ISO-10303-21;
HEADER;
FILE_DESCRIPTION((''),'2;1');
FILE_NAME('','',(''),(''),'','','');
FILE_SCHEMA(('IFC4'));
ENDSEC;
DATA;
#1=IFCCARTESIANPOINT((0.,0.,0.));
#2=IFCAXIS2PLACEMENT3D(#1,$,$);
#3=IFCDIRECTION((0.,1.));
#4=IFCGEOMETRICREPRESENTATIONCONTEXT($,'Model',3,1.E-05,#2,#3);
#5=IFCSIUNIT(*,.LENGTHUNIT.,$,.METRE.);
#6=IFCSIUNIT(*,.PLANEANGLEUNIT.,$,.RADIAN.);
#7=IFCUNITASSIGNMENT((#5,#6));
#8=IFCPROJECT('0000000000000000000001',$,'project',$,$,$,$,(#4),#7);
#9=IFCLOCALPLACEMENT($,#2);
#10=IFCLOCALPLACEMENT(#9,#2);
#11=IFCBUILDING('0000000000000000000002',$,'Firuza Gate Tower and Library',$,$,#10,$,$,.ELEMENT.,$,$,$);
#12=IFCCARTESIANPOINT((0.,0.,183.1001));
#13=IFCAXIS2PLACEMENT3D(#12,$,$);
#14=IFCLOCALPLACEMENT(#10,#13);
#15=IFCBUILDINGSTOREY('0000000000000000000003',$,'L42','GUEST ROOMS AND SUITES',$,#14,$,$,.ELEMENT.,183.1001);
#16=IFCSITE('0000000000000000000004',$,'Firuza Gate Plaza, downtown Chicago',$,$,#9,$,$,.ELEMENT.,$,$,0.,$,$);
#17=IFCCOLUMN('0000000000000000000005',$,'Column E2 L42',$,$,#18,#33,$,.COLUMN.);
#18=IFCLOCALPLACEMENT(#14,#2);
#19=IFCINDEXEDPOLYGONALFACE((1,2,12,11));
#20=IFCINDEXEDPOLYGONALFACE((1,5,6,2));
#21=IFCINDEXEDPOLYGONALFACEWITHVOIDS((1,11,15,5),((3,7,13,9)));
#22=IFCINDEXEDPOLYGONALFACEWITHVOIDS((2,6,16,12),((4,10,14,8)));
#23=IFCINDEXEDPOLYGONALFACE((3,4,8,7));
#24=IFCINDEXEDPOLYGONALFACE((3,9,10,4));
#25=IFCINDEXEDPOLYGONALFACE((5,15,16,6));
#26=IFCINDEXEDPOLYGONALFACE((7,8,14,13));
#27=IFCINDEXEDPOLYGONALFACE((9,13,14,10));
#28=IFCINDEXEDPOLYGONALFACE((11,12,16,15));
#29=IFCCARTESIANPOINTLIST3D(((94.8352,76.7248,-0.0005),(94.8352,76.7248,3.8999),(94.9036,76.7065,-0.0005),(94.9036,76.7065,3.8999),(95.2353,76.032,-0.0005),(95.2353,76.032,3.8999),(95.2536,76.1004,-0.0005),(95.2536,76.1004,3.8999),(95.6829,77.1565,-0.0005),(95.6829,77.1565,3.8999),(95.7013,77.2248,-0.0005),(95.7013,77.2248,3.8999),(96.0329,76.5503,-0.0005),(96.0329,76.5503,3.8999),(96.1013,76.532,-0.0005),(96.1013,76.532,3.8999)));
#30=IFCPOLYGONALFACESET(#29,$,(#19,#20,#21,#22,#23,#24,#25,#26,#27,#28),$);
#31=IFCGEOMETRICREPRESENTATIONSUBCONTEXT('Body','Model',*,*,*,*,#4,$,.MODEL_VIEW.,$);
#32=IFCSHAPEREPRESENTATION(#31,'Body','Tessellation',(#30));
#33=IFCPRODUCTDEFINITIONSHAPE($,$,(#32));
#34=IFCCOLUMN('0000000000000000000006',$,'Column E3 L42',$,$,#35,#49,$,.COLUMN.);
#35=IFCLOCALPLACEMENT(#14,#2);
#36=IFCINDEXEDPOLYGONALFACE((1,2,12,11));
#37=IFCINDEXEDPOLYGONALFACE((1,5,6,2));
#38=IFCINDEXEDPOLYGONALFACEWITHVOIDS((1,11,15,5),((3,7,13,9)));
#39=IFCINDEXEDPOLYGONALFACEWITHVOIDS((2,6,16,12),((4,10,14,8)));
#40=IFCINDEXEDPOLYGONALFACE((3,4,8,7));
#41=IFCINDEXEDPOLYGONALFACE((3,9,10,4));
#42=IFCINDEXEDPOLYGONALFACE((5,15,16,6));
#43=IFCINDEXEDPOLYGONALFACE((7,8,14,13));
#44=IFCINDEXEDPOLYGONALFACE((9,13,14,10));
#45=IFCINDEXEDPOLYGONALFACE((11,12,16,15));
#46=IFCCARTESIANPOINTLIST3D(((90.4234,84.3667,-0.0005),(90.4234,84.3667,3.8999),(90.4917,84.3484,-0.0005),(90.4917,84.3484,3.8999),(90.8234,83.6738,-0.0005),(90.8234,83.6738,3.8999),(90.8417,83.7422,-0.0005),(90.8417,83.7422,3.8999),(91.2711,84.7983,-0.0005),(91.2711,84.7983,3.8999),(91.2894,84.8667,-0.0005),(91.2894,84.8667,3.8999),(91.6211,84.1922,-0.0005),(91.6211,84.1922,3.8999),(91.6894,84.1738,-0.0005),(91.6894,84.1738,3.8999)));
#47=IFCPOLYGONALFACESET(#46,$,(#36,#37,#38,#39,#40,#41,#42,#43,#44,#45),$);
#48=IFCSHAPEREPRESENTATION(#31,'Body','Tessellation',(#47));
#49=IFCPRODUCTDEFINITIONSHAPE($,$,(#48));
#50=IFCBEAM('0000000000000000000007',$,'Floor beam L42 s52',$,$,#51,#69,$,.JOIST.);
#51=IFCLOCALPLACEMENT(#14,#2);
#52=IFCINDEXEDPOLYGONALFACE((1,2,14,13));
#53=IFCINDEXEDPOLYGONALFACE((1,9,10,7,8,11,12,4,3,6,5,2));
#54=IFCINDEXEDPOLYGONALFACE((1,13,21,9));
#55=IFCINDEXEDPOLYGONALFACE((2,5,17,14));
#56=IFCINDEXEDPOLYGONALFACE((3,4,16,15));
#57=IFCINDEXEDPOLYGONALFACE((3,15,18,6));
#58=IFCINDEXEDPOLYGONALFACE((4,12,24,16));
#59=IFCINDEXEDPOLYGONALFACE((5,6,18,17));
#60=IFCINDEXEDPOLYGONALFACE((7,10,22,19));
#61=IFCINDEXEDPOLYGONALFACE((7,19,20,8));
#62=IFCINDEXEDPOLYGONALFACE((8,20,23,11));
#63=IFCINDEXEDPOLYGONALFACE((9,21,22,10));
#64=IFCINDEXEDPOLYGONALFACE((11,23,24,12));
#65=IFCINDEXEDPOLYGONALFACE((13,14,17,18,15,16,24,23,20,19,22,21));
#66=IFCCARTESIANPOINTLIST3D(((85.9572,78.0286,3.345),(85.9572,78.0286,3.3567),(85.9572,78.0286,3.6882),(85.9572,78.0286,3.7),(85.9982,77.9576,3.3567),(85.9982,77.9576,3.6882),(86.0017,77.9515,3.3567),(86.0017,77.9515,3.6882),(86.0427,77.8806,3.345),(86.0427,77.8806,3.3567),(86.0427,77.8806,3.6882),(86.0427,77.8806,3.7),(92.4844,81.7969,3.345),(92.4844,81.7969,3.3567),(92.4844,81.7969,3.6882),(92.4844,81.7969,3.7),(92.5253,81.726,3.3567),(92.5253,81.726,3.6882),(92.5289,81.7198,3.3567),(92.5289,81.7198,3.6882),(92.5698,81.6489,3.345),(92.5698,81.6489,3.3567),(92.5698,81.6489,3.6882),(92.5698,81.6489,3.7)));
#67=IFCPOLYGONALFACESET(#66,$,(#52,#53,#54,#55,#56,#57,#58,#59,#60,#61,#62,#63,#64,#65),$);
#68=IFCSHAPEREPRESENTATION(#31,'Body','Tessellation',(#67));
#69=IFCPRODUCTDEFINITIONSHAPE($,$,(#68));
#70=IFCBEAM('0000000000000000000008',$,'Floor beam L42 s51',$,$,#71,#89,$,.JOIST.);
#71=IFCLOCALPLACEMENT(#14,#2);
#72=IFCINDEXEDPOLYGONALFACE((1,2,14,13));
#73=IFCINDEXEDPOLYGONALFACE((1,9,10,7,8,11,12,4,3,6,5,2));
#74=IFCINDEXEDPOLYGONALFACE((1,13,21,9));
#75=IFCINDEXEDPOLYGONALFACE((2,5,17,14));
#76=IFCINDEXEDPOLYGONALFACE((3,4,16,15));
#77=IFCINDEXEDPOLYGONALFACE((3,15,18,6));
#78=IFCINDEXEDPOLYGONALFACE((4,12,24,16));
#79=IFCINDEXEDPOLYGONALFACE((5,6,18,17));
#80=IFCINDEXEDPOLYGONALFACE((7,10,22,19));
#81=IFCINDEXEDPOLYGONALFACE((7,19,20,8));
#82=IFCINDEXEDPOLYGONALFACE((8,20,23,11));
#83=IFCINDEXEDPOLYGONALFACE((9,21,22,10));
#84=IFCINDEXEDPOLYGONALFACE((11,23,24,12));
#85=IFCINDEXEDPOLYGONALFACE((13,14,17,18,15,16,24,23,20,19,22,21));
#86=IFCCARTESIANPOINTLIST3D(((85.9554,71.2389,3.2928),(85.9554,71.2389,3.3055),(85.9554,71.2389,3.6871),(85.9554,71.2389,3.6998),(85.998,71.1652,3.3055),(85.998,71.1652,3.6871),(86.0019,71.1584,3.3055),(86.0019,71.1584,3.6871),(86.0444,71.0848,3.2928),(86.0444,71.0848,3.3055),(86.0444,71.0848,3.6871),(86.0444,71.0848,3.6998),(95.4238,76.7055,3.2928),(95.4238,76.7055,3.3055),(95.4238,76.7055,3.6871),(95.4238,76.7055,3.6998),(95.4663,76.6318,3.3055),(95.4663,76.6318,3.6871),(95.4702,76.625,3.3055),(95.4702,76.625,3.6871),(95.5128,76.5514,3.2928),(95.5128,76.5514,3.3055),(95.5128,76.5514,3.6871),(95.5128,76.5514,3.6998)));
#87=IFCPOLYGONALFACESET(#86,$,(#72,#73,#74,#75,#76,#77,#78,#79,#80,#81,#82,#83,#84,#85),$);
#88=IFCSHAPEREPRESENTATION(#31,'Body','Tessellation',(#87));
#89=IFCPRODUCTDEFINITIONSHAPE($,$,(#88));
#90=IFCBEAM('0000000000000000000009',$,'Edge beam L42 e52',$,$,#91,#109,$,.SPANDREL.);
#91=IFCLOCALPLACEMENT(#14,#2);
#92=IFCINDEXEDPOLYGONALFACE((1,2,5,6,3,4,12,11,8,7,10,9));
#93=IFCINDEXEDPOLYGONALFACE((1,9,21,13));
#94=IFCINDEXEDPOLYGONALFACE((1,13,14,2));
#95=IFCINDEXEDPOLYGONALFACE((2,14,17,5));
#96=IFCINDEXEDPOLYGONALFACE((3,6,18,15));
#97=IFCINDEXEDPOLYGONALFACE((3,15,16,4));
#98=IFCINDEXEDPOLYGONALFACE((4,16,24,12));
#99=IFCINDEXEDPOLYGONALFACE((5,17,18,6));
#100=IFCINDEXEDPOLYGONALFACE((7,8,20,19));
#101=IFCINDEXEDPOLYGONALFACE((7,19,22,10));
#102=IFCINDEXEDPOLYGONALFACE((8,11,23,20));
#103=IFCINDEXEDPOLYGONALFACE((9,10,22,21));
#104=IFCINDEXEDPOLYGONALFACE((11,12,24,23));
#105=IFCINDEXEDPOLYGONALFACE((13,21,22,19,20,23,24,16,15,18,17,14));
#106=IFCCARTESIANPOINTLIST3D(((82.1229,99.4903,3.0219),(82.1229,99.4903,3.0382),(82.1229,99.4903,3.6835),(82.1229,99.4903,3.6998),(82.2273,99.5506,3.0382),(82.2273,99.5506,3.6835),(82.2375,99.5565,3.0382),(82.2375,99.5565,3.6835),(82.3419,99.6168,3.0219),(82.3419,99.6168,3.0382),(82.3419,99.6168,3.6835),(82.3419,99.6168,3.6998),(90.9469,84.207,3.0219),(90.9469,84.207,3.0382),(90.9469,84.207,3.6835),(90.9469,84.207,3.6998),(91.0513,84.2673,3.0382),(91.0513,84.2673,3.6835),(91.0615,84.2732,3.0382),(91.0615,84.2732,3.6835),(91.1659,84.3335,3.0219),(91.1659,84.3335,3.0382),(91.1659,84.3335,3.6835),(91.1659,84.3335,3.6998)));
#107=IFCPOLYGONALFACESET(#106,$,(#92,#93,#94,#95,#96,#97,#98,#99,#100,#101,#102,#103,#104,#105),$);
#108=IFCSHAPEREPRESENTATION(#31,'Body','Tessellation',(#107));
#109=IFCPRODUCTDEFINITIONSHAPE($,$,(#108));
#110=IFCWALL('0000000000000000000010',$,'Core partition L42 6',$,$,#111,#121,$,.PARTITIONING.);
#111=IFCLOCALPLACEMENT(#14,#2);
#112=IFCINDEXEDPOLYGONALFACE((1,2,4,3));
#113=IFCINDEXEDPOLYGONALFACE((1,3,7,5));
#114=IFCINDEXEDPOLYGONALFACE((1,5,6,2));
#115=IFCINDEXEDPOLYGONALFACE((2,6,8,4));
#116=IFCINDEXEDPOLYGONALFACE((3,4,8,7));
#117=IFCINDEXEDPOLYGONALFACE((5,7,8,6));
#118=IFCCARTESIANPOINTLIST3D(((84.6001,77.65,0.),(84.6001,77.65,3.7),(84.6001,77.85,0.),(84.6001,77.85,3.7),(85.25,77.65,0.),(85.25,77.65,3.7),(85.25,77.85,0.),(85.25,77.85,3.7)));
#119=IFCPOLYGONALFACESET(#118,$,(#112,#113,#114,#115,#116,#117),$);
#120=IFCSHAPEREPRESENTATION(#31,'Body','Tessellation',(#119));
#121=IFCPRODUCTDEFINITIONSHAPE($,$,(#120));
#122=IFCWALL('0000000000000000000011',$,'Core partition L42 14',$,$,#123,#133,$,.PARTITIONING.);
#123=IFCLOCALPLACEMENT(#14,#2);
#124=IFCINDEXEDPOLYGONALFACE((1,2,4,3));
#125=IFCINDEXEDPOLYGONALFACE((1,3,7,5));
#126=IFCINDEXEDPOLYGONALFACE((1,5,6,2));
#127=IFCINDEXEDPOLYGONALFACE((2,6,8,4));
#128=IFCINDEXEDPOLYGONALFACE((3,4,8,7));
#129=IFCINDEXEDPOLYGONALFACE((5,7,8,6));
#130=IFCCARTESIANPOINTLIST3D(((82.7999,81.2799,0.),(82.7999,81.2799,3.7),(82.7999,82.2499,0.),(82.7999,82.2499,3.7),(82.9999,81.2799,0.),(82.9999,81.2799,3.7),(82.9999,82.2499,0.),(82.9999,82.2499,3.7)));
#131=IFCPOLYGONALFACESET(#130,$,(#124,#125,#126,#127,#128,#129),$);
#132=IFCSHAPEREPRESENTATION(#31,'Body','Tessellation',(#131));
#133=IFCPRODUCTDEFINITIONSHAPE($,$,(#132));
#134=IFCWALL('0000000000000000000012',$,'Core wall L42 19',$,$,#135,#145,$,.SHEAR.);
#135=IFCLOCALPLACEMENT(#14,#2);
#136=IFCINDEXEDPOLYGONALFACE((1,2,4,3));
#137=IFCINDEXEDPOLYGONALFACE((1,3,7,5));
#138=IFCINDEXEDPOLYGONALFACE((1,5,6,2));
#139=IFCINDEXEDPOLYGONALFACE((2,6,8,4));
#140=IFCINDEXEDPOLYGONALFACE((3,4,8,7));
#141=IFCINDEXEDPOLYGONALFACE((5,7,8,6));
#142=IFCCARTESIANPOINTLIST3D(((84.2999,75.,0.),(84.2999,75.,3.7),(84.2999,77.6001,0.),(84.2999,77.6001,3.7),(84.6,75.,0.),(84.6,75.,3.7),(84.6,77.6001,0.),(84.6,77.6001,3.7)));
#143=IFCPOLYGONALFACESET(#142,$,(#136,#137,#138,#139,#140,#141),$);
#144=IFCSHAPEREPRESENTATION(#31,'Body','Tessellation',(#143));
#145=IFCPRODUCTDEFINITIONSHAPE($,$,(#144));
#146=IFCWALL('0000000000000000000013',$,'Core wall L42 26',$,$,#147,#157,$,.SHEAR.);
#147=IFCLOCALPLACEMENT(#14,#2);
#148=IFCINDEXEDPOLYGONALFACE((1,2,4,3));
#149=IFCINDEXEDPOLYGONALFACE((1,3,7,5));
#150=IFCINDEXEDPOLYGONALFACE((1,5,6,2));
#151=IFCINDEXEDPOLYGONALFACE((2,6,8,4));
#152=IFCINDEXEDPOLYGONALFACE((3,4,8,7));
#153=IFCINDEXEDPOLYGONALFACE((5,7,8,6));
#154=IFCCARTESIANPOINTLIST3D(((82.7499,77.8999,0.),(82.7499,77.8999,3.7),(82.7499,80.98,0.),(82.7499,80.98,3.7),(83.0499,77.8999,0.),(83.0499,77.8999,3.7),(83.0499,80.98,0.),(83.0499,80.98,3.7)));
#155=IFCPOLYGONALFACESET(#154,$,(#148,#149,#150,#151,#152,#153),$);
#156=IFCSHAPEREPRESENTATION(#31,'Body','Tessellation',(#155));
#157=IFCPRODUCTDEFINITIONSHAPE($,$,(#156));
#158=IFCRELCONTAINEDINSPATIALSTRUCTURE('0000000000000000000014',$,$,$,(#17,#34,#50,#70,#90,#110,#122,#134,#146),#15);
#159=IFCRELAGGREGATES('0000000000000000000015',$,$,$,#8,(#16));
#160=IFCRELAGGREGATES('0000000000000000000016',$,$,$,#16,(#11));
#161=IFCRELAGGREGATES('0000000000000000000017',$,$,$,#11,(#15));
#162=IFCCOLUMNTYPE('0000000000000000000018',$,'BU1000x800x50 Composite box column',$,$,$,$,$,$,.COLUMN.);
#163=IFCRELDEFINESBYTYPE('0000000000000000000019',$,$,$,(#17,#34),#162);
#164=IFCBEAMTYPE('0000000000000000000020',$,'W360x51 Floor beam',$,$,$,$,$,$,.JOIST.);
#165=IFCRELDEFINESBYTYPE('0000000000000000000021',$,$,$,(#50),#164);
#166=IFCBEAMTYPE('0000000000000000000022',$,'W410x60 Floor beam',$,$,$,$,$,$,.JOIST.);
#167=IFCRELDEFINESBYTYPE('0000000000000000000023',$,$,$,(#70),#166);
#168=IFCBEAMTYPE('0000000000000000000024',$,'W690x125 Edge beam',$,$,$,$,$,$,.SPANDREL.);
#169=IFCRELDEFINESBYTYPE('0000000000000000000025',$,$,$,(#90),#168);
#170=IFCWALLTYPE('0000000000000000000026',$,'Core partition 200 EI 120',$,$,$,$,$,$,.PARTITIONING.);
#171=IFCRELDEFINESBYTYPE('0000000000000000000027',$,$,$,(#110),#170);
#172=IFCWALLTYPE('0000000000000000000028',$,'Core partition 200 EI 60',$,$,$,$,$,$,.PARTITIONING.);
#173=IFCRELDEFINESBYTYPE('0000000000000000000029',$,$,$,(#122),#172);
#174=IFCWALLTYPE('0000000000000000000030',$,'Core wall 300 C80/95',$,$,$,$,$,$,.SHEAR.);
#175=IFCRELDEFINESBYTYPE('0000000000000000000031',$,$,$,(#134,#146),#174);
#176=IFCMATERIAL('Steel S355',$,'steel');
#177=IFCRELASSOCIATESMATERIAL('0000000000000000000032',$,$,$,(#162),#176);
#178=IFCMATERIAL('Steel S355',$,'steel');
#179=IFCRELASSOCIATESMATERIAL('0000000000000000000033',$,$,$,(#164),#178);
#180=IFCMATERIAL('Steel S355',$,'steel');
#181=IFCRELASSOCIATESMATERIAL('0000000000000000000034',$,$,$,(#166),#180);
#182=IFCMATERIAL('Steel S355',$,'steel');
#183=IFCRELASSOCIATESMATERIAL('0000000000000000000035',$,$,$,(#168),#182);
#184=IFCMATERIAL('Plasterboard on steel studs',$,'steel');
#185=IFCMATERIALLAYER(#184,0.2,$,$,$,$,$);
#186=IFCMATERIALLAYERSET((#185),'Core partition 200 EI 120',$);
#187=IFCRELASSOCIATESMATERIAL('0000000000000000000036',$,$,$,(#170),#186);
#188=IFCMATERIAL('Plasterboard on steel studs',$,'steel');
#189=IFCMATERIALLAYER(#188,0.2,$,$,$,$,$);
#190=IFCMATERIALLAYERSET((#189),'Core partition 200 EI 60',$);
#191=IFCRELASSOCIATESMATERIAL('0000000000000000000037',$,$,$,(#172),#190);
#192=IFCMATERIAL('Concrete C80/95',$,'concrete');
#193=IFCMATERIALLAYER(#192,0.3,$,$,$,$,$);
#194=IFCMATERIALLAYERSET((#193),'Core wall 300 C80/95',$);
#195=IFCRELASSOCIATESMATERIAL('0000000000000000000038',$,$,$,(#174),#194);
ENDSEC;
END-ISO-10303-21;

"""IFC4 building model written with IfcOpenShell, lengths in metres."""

from ifc_helpers import new_model, si_unit, direction, frame, frame_2d, origin, origin_2d, place, context, subcontext, project, spatial, rectangle, hollow_rectangle, i_section, extrude, material, layer, layer_set, material_profile, profile_set, type_object, element, save


model = new_model("IFC4")

# Units and contexts
model_context = context("Model", 3, precision=1e-05, world=origin(), true_north=direction((0.0, 1.0)))
body_context = subcontext(model_context, "Body", "Model", "MODEL_VIEW")
ifc_project = project(units=[si_unit("LENGTHUNIT", "METRE"), si_unit("PLANEANGLEUNIT", "RADIAN")], contexts=[model_context])

# Site, building, storey
site_placement = place(None, origin())
site = spatial("IfcSite", under=ifc_project, at=site_placement, Name="Firuza Gate Plaza, downtown Chicago", CompositionType="ELEMENT", RefElevation=0.0)
building_placement = place(site_placement, origin())
building = spatial("IfcBuilding", under=site, at=building_placement, Name="Firuza Gate Tower and Library", CompositionType="ELEMENT")
storey_placement = place(building_placement, frame((0.0, 0.0, 183.1001)))
storey = spatial("IfcBuildingStorey", under=building, at=storey_placement, Name="L42", Description="GUEST ROOMS AND SUITES", CompositionType="ELEMENT", Elevation=183.1001)

# Columns
ifc_material_1 = material(Name="Steel S355", Category="steel")
ifc_material_profile_1 = material_profile(ifc_material_1, hollow_rectangle(XDim=0.8, YDim=1.0, WallThickness=0.05, at=origin_2d()))
ifc_profile_set_1 = profile_set([ifc_material_profile_1], Name="Steel S355")
column_type = type_object("IfcColumnType", Name="BU1000x800x50 Composite box column", PredefinedType="COLUMN", material=ifc_profile_set_1)
for number, where, z_axis, x_axis, name in (
    (1, (95.4683, 76.6284, -0.0005), (0.0, 0.0, 1.0), (-0.5, 0.866025, 0.0), "Column E2 L42"),
    (2, (91.0564, 84.2703, -0.0005), (0.0, 0.0, 1.0), (-0.5, 0.866025, 0.0), "Column E3 L42"),
):
    element("IfcColumn", number, at=place(storey_placement, frame(where, z_axis=z_axis, x_axis=x_axis)), inside=storey, type_object=column_type, Name=name, PredefinedType="COLUMN", context=body_context, shape_type="SweptSolid", body=[
        extrude(hollow_rectangle(XDim=0.8, YDim=1.0, WallThickness=0.05, at=origin_2d()), origin(), (0.0, 0.0, 1.0), 3.9004),
    ])

# Beams
ifc_material_2 = material(Name="Steel S355", Category="steel")
ifc_material_profile_2 = material_profile(ifc_material_2, i_section(OverallWidth=0.1709, OverallDepth=0.355, WebThickness=0.0071, FlangeThickness=0.0117, at=origin_2d()))
ifc_profile_set_2 = profile_set([ifc_material_profile_2], Name="Steel S355")
beam_type_1 = type_object("IfcBeamType", Name="W360x51 Floor beam", PredefinedType="JOIST", material=ifc_profile_set_2)
beam_1_placement = place(storey_placement, frame((92.5271, 81.7229, 3.5225), z_axis=(-0.866032, -0.499989, 0.0), x_axis=(0.499989, -0.866032, 0.0)))
element("IfcBeam", 3, at=beam_1_placement, inside=storey, type_object=beam_type_1, Name="Floor beam L42 s52", PredefinedType="JOIST", context=body_context, shape_type="SweptSolid", body=[
    extrude(i_section(OverallWidth=0.1709, OverallDepth=0.355, WebThickness=0.0071, FlangeThickness=0.0117, at=origin_2d()), origin(), (0.0, 0.0, 1.0), 7.5369),
])
ifc_material_3 = material(Name="Steel S355", Category="steel")
ifc_material_profile_3 = material_profile(ifc_material_3, i_section(OverallWidth=0.178, OverallDepth=0.407, WebThickness=0.0078, FlangeThickness=0.0127, at=origin_2d()))
ifc_profile_set_3 = profile_set([ifc_material_profile_3], Name="Steel S355")
beam_type_2 = type_object("IfcBeamType", Name="W410x60 Floor beam", PredefinedType="JOIST", material=ifc_profile_set_3)
beam_2_placement = place(storey_placement, frame((95.4683, 76.6284, 3.4963), z_axis=(-0.866023, -0.500003, 0.0), x_axis=(0.500003, -0.866023, 0.0)))
element("IfcBeam", 4, at=beam_2_placement, inside=storey, type_object=beam_type_2, Name="Floor beam L42 s51", PredefinedType="JOIST", context=body_context, shape_type="SweptSolid", body=[
    extrude(i_section(OverallWidth=0.178, OverallDepth=0.407, WebThickness=0.0078, FlangeThickness=0.0127, at=origin_2d()), origin(), (0.0, 0.0, 1.0), 10.9331),
])
ifc_material_4 = material(Name="Steel S355", Category="steel")
ifc_material_profile_4 = material_profile(ifc_material_4, i_section(OverallWidth=0.2529, OverallDepth=0.678, WebThickness=0.0117, FlangeThickness=0.0164, at=origin_2d()))
ifc_profile_set_4 = profile_set([ifc_material_profile_4], Name="Steel S355")
beam_type_3 = type_object("IfcBeamType", Name="W690x125 Edge beam", PredefinedType="SPANDREL", material=ifc_profile_set_4)
beam_3_placement = place(storey_placement, frame((91.0564, 84.2703, 3.3608), z_axis=(-0.500009, 0.86602, 0.0), x_axis=(-0.86602, -0.500009, 0.0)))
element("IfcBeam", 5, at=beam_3_placement, inside=storey, type_object=beam_type_3, Name="Edge beam L42 e52", PredefinedType="SPANDREL", context=body_context, shape_type="SweptSolid", body=[
    extrude(i_section(OverallWidth=0.2529, OverallDepth=0.678, WebThickness=0.0117, FlangeThickness=0.0164, at=origin_2d()), origin(), (0.0, 0.0, 1.0), 17.6477),
])

# Walls
ifc_material_5 = material(Name="Plasterboard on steel studs", Category="steel")
ifc_layer_1 = layer(ifc_material_5, 0.2)
ifc_layer_set_1 = layer_set([ifc_layer_1], Name="Core partition 200 EI 120")
wall_type_1 = type_object("IfcWallType", Name="Core partition 200 EI 120", PredefinedType="PARTITIONING", material=ifc_layer_set_1)
wall_1_placement = place(storey_placement, frame((84.6001, 77.75, 0.0), z_axis=(0.0, 0.0, 1.0), x_axis=(1.0, 0.0, 0.0)))
element("IfcWall", 6, at=wall_1_placement, inside=storey, type_object=wall_type_1, Name="Core partition L42 6", PredefinedType="PARTITIONING", context=body_context, shape_type="SweptSolid", body=[
    extrude(rectangle(XDim=0.6499, YDim=0.2, at=frame_2d((0.325, 0.0))), origin(), (0.0, 0.0, 1.0), 3.7),
])
ifc_material_6 = material(Name="Plasterboard on steel studs", Category="steel")
ifc_layer_2 = layer(ifc_material_6, 0.2)
ifc_layer_set_2 = layer_set([ifc_layer_2], Name="Core partition 200 EI 60")
wall_type_2 = type_object("IfcWallType", Name="Core partition 200 EI 60", PredefinedType="PARTITIONING", material=ifc_layer_set_2)
wall_2_placement = place(storey_placement, frame((82.8999, 81.28, 0.0), z_axis=(0.0, 0.0, 1.0), x_axis=(0.0, 1.0, 0.0)))
element("IfcWall", 7, at=wall_2_placement, inside=storey, type_object=wall_type_2, Name="Core partition L42 14", PredefinedType="PARTITIONING", context=body_context, shape_type="SweptSolid", body=[
    extrude(rectangle(XDim=0.97, YDim=0.2, at=frame_2d((0.4849, 0.0))), origin(), (0.0, 0.0, 1.0), 3.7),
])
ifc_material_7 = material(Name="Concrete C80/95", Category="concrete")
ifc_layer_3 = layer(ifc_material_7, 0.3)
ifc_layer_set_3 = layer_set([ifc_layer_3], Name="Core wall 300 C80/95")
wall_type_3 = type_object("IfcWallType", Name="Core wall 300 C80/95", PredefinedType="SHEAR", material=ifc_layer_set_3)
wall_3_placement = place(storey_placement, frame((84.45, 75.0, 0.0), z_axis=(0.0, 0.0, 1.0), x_axis=(0.0, 1.0, 0.0)))
element("IfcWall", 8, at=wall_3_placement, inside=storey, type_object=wall_type_3, Name="Core wall L42 19", PredefinedType="SHEAR", context=body_context, shape_type="SweptSolid", body=[
    extrude(rectangle(XDim=2.6001, YDim=0.3, at=frame_2d((1.3, 0.0))), origin(), (0.0, 0.0, 1.0), 3.7),
])
wall_4_placement = place(storey_placement, frame((82.8999, 77.8999, 0.0), z_axis=(0.0, 0.0, 1.0), x_axis=(0.0, 1.0, 0.0)))
element("IfcWall", 9, at=wall_4_placement, inside=storey, type_object=wall_type_3, Name="Core wall L42 26", PredefinedType="SHEAR", context=body_context, shape_type="SweptSolid", body=[
    extrude(rectangle(XDim=3.0801, YDim=0.3, at=frame_2d((1.54, 0.0))), origin(), (0.0, 0.0, 1.0), 3.7),
])

save(model, "model.ifc")
